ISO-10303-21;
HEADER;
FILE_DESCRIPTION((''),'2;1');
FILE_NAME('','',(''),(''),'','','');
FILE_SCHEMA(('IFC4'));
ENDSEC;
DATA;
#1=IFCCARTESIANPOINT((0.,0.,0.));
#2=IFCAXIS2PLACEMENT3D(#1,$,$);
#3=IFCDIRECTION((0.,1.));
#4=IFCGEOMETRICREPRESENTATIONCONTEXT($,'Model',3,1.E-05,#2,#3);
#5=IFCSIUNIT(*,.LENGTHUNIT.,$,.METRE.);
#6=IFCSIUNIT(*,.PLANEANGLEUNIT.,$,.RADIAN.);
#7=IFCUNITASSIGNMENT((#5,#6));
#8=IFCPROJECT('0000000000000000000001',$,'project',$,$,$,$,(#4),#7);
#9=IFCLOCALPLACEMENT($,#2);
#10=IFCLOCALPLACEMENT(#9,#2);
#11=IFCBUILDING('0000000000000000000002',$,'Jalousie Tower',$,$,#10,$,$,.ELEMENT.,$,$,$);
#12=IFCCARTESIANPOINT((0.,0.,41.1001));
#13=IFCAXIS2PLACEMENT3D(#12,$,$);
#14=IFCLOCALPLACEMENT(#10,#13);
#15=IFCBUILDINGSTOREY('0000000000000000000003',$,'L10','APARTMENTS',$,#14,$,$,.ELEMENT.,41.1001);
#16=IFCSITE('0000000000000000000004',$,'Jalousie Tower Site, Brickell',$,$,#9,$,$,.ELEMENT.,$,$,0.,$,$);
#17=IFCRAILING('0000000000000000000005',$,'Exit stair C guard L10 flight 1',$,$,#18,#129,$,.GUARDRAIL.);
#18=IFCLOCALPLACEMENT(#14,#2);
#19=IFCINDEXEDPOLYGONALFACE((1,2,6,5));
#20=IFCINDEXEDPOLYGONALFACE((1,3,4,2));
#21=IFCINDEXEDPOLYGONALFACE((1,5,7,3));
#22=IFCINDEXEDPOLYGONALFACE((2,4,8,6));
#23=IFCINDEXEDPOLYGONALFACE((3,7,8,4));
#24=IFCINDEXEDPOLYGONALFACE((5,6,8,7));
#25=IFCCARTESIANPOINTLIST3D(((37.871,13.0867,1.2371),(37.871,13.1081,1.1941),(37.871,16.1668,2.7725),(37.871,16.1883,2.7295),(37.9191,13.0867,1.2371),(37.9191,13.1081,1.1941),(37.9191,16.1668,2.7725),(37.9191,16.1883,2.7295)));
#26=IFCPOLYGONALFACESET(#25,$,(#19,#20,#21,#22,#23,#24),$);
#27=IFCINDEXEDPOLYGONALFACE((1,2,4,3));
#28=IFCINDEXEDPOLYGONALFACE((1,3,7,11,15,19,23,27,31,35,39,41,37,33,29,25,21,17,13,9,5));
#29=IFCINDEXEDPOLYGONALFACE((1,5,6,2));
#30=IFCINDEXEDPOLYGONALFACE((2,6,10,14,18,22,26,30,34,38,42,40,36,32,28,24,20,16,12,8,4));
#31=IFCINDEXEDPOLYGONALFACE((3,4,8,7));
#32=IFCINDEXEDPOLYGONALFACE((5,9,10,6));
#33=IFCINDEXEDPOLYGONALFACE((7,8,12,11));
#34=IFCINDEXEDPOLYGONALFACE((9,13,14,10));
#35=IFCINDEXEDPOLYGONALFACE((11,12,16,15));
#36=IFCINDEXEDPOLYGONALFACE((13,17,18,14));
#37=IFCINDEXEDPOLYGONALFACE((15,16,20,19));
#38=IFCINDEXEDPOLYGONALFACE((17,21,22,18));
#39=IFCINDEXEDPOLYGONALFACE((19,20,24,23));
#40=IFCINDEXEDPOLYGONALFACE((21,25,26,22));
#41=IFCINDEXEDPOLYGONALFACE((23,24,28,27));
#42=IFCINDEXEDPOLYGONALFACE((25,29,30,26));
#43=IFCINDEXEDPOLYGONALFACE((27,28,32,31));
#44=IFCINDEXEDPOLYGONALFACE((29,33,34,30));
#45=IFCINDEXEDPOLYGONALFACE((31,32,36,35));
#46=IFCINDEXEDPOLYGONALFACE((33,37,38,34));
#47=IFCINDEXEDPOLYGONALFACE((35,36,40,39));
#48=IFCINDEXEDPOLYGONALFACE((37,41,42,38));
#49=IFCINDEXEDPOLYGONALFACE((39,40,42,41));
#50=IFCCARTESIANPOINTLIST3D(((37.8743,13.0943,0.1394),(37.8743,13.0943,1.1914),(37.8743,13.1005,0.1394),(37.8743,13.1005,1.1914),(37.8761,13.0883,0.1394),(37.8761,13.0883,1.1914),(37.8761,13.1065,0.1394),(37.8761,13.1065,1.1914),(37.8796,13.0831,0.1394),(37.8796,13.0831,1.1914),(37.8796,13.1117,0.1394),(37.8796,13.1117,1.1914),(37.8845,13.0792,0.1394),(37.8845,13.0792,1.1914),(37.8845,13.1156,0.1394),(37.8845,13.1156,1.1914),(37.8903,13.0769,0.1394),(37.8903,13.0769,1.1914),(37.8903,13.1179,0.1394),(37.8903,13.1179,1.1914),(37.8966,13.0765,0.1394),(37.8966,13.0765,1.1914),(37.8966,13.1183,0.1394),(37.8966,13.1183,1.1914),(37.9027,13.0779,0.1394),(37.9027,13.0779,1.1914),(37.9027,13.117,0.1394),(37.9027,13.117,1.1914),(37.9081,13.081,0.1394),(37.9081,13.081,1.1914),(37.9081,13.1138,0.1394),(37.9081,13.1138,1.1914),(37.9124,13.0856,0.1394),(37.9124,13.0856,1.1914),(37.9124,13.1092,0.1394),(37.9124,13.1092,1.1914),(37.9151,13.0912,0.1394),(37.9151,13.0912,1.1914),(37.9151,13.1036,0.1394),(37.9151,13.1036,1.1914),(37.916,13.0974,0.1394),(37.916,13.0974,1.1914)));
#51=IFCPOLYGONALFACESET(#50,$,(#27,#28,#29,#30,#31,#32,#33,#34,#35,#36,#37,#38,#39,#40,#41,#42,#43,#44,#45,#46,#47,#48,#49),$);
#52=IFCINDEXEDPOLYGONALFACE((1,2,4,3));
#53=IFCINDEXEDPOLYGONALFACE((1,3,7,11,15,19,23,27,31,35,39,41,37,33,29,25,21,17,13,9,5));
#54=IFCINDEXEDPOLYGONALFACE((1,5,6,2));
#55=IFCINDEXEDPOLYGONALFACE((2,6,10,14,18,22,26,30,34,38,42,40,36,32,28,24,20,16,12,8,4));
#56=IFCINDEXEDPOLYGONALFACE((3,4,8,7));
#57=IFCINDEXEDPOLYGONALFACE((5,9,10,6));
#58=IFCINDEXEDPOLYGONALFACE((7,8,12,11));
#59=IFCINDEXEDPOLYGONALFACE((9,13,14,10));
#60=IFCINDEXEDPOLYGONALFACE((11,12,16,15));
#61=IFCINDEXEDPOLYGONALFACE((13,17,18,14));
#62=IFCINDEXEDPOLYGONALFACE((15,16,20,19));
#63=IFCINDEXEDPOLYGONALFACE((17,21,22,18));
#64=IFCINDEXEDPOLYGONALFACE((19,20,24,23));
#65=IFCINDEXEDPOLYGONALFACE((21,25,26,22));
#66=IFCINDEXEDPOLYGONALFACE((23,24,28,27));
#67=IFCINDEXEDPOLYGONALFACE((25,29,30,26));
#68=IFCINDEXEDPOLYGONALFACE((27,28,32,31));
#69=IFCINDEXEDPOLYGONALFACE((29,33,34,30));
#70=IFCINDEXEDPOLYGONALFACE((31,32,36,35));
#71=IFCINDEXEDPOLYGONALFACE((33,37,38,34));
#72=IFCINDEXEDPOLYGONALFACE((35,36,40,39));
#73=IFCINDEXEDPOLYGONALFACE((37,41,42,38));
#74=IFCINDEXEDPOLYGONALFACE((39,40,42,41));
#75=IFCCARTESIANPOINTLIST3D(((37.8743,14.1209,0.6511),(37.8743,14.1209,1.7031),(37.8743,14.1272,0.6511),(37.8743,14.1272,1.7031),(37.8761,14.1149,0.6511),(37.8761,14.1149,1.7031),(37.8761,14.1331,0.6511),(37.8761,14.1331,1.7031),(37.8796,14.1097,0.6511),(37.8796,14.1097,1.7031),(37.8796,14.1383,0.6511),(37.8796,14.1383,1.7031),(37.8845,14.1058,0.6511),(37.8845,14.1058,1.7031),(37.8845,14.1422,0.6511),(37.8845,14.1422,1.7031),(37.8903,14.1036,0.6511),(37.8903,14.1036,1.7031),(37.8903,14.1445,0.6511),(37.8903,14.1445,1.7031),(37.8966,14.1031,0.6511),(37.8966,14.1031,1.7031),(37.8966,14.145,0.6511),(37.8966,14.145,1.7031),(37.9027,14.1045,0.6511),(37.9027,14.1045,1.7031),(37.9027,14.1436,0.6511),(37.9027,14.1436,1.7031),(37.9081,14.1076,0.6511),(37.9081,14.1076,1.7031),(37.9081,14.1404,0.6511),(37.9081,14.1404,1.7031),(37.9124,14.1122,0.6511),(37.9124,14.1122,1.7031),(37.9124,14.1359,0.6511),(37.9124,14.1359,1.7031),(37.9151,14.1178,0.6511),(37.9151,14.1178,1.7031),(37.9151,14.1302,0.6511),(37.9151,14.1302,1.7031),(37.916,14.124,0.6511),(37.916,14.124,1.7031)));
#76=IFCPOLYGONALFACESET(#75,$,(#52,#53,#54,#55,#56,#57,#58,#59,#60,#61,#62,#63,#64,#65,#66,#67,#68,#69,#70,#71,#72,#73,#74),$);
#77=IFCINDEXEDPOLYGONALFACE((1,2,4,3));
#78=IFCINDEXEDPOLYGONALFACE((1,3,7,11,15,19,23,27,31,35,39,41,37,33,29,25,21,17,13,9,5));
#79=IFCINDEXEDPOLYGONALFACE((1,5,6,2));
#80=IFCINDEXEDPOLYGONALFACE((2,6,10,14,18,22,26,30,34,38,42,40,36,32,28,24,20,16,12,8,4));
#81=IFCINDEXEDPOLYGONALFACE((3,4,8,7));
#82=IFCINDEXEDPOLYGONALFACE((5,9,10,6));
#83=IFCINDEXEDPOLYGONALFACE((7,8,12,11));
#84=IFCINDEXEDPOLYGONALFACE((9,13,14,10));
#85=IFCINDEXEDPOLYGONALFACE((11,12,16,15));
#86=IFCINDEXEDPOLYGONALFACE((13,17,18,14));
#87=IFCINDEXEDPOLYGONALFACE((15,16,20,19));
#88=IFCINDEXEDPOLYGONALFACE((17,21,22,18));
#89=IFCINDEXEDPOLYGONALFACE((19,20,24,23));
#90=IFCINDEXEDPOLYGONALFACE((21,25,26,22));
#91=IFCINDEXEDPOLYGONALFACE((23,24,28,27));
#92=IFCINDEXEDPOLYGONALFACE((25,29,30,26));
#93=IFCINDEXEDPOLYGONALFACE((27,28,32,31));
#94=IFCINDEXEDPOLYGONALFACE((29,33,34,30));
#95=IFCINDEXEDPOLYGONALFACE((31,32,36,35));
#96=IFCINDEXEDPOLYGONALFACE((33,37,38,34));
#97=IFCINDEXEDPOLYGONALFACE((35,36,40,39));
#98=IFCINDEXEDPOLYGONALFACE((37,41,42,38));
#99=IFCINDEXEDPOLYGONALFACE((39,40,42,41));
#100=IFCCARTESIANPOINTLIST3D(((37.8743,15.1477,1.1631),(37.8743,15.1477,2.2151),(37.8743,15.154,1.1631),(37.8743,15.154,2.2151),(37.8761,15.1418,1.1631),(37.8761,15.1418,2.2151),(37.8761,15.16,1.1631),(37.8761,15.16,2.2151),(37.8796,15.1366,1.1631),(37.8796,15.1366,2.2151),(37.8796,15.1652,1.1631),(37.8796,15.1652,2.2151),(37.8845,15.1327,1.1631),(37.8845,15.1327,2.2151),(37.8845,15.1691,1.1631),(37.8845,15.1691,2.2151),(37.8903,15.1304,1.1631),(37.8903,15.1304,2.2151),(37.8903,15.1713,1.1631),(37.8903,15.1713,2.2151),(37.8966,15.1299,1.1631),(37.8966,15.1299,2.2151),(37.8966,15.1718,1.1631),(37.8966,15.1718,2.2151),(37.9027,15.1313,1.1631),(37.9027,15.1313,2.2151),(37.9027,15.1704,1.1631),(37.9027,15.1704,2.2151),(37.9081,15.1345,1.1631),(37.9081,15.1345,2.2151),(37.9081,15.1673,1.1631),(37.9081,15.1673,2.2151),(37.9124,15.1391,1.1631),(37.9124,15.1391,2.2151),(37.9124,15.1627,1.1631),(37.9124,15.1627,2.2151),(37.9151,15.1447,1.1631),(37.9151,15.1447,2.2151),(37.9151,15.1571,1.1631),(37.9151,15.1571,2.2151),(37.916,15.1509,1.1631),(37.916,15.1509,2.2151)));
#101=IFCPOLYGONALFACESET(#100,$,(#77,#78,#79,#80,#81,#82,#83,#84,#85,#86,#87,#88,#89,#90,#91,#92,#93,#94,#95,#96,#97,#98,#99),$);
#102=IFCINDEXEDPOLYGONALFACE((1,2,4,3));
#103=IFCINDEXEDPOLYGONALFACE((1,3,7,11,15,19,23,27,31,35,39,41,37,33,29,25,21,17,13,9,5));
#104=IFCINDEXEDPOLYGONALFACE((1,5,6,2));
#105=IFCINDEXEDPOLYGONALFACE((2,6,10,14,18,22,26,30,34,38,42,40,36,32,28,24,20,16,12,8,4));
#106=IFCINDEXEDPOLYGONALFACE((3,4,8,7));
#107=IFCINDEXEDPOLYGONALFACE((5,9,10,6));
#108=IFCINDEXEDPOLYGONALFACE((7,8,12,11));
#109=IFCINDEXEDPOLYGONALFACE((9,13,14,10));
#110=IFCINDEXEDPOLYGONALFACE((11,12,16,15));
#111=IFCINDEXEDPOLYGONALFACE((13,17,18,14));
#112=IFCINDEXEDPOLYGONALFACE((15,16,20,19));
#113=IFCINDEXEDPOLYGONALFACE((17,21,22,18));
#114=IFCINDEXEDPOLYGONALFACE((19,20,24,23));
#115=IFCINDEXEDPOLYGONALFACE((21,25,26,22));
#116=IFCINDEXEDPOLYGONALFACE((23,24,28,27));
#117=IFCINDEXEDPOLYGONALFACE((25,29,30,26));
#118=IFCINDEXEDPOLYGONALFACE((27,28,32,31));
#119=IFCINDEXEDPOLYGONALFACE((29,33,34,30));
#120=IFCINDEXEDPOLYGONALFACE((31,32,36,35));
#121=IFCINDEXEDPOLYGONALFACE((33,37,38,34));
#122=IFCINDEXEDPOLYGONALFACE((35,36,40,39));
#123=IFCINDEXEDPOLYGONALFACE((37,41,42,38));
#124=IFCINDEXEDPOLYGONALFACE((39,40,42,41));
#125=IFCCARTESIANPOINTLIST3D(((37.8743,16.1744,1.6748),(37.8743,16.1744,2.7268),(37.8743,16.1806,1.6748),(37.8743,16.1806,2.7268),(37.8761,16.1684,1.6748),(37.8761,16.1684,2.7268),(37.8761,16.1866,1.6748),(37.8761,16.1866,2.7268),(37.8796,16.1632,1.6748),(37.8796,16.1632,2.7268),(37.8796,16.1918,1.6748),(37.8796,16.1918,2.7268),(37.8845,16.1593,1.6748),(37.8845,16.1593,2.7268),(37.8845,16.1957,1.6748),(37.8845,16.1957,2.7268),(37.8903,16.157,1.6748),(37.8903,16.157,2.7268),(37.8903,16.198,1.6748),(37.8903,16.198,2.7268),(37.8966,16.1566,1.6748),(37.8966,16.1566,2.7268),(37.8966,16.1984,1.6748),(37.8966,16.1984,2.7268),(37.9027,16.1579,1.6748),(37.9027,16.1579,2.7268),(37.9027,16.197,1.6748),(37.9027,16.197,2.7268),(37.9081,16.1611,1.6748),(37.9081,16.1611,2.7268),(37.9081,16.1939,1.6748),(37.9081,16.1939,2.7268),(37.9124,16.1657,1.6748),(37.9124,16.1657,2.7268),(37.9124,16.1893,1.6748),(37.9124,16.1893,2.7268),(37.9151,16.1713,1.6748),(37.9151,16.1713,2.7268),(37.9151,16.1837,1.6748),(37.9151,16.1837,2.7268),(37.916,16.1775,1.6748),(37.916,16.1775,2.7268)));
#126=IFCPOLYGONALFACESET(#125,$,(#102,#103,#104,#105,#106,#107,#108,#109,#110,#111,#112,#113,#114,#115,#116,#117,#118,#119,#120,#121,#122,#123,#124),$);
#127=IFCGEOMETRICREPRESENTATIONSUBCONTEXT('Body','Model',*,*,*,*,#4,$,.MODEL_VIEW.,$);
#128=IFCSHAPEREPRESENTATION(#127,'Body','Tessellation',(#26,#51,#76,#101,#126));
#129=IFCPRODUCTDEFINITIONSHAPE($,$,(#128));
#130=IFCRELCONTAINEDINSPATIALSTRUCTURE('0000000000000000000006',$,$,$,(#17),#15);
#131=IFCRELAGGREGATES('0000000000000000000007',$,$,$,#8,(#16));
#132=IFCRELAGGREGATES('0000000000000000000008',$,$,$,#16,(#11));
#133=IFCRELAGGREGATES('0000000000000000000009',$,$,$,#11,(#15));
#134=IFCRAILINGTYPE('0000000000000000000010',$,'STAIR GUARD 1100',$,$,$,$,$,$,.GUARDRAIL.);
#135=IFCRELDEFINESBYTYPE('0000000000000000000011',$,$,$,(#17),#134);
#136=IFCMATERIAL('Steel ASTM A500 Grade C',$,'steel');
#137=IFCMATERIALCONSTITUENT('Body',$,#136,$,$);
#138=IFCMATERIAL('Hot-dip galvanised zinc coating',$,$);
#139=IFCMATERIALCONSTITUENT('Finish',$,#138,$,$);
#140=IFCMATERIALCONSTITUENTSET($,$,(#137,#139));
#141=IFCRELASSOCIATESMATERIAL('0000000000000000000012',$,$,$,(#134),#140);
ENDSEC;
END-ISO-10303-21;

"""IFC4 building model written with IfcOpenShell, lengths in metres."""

from ifc_helpers import new_model, si_unit, direction, frame, origin, origin_2d, place, context, subcontext, project, spatial, rectangle, circle, extrude, material, constituent, constituent_set, type_object, element, save


model = new_model("IFC4")

# Units and contexts
model_context = context("Model", 3, precision=1e-05, world=origin(), true_north=direction((0.0, 1.0)))
body_context = subcontext(model_context, "Body", "Model", "MODEL_VIEW")
ifc_project = project(units=[si_unit("LENGTHUNIT", "METRE"), si_unit("PLANEANGLEUNIT", "RADIAN")], contexts=[model_context])

# Site, building, storey
site_placement = place(None, origin())
site = spatial("IfcSite", under=ifc_project, at=site_placement, Name="Jalousie Tower Site, Brickell", CompositionType="ELEMENT", RefElevation=0.0)
building_placement = place(site_placement, origin())
building = spatial("IfcBuilding", under=site, at=building_placement, Name="Jalousie Tower", CompositionType="ELEMENT")
storey_placement = place(building_placement, frame((0.0, 0.0, 41.1001)))
storey = spatial("IfcBuildingStorey", under=building, at=storey_placement, Name="L10", Description="APARTMENTS", CompositionType="ELEMENT", Elevation=41.1001)

# Railing
ifc_material_1 = material(Name="Steel ASTM A500 Grade C", Category="steel")
ifc_constituent_1 = constituent(ifc_material_1, Name="Body")
ifc_material_2 = material(Name="Hot-dip galvanised zinc coating")
ifc_constituent_2 = constituent(ifc_material_2, Name="Finish")
ifc_constituent_set_1 = constituent_set(constituents=[ifc_constituent_1, ifc_constituent_2])
railing_type = type_object("IfcRailingType", Name="STAIR GUARD 1100", PredefinedType="GUARDRAIL", material=ifc_constituent_set_1)
railing_1_placement = place(storey_placement, frame((37.895, 13.0974, 0.1394)))
element("IfcRailing", 1, at=railing_1_placement, inside=storey, type_object=railing_type, Name="Exit stair C guard L10 flight 1", PredefinedType="GUARDRAIL", context=body_context, shape_type="SweptSolid", body=[
    extrude(rectangle(XDim=0.0481, YDim=0.0481, at=origin_2d()), frame((0.0, 0.0, 1.0762), z_axis=(0.0, 0.894966, 0.446135), x_axis=(-1.0, 0.0, 0.0)), (0.0, 0.0, 1.0), 3.4417),
    extrude(circle(Radius=0.021, at=origin_2d()), origin(), (0.0, 0.0, 1.0), 1.052),
    extrude(circle(Radius=0.021, at=origin_2d()), frame((0.0, 1.0266, 0.5117)), (0.0, 0.0, 1.0), 1.052),
    extrude(circle(Radius=0.021, at=origin_2d()), frame((0.0, 2.0535, 1.0237)), (0.0, 0.0, 1.0), 1.052),
    extrude(circle(Radius=0.021, at=origin_2d()), frame((0.0, 3.0801, 1.5354)), (0.0, 0.0, 1.0), 1.052),
])

save(model, "model.ifc")
